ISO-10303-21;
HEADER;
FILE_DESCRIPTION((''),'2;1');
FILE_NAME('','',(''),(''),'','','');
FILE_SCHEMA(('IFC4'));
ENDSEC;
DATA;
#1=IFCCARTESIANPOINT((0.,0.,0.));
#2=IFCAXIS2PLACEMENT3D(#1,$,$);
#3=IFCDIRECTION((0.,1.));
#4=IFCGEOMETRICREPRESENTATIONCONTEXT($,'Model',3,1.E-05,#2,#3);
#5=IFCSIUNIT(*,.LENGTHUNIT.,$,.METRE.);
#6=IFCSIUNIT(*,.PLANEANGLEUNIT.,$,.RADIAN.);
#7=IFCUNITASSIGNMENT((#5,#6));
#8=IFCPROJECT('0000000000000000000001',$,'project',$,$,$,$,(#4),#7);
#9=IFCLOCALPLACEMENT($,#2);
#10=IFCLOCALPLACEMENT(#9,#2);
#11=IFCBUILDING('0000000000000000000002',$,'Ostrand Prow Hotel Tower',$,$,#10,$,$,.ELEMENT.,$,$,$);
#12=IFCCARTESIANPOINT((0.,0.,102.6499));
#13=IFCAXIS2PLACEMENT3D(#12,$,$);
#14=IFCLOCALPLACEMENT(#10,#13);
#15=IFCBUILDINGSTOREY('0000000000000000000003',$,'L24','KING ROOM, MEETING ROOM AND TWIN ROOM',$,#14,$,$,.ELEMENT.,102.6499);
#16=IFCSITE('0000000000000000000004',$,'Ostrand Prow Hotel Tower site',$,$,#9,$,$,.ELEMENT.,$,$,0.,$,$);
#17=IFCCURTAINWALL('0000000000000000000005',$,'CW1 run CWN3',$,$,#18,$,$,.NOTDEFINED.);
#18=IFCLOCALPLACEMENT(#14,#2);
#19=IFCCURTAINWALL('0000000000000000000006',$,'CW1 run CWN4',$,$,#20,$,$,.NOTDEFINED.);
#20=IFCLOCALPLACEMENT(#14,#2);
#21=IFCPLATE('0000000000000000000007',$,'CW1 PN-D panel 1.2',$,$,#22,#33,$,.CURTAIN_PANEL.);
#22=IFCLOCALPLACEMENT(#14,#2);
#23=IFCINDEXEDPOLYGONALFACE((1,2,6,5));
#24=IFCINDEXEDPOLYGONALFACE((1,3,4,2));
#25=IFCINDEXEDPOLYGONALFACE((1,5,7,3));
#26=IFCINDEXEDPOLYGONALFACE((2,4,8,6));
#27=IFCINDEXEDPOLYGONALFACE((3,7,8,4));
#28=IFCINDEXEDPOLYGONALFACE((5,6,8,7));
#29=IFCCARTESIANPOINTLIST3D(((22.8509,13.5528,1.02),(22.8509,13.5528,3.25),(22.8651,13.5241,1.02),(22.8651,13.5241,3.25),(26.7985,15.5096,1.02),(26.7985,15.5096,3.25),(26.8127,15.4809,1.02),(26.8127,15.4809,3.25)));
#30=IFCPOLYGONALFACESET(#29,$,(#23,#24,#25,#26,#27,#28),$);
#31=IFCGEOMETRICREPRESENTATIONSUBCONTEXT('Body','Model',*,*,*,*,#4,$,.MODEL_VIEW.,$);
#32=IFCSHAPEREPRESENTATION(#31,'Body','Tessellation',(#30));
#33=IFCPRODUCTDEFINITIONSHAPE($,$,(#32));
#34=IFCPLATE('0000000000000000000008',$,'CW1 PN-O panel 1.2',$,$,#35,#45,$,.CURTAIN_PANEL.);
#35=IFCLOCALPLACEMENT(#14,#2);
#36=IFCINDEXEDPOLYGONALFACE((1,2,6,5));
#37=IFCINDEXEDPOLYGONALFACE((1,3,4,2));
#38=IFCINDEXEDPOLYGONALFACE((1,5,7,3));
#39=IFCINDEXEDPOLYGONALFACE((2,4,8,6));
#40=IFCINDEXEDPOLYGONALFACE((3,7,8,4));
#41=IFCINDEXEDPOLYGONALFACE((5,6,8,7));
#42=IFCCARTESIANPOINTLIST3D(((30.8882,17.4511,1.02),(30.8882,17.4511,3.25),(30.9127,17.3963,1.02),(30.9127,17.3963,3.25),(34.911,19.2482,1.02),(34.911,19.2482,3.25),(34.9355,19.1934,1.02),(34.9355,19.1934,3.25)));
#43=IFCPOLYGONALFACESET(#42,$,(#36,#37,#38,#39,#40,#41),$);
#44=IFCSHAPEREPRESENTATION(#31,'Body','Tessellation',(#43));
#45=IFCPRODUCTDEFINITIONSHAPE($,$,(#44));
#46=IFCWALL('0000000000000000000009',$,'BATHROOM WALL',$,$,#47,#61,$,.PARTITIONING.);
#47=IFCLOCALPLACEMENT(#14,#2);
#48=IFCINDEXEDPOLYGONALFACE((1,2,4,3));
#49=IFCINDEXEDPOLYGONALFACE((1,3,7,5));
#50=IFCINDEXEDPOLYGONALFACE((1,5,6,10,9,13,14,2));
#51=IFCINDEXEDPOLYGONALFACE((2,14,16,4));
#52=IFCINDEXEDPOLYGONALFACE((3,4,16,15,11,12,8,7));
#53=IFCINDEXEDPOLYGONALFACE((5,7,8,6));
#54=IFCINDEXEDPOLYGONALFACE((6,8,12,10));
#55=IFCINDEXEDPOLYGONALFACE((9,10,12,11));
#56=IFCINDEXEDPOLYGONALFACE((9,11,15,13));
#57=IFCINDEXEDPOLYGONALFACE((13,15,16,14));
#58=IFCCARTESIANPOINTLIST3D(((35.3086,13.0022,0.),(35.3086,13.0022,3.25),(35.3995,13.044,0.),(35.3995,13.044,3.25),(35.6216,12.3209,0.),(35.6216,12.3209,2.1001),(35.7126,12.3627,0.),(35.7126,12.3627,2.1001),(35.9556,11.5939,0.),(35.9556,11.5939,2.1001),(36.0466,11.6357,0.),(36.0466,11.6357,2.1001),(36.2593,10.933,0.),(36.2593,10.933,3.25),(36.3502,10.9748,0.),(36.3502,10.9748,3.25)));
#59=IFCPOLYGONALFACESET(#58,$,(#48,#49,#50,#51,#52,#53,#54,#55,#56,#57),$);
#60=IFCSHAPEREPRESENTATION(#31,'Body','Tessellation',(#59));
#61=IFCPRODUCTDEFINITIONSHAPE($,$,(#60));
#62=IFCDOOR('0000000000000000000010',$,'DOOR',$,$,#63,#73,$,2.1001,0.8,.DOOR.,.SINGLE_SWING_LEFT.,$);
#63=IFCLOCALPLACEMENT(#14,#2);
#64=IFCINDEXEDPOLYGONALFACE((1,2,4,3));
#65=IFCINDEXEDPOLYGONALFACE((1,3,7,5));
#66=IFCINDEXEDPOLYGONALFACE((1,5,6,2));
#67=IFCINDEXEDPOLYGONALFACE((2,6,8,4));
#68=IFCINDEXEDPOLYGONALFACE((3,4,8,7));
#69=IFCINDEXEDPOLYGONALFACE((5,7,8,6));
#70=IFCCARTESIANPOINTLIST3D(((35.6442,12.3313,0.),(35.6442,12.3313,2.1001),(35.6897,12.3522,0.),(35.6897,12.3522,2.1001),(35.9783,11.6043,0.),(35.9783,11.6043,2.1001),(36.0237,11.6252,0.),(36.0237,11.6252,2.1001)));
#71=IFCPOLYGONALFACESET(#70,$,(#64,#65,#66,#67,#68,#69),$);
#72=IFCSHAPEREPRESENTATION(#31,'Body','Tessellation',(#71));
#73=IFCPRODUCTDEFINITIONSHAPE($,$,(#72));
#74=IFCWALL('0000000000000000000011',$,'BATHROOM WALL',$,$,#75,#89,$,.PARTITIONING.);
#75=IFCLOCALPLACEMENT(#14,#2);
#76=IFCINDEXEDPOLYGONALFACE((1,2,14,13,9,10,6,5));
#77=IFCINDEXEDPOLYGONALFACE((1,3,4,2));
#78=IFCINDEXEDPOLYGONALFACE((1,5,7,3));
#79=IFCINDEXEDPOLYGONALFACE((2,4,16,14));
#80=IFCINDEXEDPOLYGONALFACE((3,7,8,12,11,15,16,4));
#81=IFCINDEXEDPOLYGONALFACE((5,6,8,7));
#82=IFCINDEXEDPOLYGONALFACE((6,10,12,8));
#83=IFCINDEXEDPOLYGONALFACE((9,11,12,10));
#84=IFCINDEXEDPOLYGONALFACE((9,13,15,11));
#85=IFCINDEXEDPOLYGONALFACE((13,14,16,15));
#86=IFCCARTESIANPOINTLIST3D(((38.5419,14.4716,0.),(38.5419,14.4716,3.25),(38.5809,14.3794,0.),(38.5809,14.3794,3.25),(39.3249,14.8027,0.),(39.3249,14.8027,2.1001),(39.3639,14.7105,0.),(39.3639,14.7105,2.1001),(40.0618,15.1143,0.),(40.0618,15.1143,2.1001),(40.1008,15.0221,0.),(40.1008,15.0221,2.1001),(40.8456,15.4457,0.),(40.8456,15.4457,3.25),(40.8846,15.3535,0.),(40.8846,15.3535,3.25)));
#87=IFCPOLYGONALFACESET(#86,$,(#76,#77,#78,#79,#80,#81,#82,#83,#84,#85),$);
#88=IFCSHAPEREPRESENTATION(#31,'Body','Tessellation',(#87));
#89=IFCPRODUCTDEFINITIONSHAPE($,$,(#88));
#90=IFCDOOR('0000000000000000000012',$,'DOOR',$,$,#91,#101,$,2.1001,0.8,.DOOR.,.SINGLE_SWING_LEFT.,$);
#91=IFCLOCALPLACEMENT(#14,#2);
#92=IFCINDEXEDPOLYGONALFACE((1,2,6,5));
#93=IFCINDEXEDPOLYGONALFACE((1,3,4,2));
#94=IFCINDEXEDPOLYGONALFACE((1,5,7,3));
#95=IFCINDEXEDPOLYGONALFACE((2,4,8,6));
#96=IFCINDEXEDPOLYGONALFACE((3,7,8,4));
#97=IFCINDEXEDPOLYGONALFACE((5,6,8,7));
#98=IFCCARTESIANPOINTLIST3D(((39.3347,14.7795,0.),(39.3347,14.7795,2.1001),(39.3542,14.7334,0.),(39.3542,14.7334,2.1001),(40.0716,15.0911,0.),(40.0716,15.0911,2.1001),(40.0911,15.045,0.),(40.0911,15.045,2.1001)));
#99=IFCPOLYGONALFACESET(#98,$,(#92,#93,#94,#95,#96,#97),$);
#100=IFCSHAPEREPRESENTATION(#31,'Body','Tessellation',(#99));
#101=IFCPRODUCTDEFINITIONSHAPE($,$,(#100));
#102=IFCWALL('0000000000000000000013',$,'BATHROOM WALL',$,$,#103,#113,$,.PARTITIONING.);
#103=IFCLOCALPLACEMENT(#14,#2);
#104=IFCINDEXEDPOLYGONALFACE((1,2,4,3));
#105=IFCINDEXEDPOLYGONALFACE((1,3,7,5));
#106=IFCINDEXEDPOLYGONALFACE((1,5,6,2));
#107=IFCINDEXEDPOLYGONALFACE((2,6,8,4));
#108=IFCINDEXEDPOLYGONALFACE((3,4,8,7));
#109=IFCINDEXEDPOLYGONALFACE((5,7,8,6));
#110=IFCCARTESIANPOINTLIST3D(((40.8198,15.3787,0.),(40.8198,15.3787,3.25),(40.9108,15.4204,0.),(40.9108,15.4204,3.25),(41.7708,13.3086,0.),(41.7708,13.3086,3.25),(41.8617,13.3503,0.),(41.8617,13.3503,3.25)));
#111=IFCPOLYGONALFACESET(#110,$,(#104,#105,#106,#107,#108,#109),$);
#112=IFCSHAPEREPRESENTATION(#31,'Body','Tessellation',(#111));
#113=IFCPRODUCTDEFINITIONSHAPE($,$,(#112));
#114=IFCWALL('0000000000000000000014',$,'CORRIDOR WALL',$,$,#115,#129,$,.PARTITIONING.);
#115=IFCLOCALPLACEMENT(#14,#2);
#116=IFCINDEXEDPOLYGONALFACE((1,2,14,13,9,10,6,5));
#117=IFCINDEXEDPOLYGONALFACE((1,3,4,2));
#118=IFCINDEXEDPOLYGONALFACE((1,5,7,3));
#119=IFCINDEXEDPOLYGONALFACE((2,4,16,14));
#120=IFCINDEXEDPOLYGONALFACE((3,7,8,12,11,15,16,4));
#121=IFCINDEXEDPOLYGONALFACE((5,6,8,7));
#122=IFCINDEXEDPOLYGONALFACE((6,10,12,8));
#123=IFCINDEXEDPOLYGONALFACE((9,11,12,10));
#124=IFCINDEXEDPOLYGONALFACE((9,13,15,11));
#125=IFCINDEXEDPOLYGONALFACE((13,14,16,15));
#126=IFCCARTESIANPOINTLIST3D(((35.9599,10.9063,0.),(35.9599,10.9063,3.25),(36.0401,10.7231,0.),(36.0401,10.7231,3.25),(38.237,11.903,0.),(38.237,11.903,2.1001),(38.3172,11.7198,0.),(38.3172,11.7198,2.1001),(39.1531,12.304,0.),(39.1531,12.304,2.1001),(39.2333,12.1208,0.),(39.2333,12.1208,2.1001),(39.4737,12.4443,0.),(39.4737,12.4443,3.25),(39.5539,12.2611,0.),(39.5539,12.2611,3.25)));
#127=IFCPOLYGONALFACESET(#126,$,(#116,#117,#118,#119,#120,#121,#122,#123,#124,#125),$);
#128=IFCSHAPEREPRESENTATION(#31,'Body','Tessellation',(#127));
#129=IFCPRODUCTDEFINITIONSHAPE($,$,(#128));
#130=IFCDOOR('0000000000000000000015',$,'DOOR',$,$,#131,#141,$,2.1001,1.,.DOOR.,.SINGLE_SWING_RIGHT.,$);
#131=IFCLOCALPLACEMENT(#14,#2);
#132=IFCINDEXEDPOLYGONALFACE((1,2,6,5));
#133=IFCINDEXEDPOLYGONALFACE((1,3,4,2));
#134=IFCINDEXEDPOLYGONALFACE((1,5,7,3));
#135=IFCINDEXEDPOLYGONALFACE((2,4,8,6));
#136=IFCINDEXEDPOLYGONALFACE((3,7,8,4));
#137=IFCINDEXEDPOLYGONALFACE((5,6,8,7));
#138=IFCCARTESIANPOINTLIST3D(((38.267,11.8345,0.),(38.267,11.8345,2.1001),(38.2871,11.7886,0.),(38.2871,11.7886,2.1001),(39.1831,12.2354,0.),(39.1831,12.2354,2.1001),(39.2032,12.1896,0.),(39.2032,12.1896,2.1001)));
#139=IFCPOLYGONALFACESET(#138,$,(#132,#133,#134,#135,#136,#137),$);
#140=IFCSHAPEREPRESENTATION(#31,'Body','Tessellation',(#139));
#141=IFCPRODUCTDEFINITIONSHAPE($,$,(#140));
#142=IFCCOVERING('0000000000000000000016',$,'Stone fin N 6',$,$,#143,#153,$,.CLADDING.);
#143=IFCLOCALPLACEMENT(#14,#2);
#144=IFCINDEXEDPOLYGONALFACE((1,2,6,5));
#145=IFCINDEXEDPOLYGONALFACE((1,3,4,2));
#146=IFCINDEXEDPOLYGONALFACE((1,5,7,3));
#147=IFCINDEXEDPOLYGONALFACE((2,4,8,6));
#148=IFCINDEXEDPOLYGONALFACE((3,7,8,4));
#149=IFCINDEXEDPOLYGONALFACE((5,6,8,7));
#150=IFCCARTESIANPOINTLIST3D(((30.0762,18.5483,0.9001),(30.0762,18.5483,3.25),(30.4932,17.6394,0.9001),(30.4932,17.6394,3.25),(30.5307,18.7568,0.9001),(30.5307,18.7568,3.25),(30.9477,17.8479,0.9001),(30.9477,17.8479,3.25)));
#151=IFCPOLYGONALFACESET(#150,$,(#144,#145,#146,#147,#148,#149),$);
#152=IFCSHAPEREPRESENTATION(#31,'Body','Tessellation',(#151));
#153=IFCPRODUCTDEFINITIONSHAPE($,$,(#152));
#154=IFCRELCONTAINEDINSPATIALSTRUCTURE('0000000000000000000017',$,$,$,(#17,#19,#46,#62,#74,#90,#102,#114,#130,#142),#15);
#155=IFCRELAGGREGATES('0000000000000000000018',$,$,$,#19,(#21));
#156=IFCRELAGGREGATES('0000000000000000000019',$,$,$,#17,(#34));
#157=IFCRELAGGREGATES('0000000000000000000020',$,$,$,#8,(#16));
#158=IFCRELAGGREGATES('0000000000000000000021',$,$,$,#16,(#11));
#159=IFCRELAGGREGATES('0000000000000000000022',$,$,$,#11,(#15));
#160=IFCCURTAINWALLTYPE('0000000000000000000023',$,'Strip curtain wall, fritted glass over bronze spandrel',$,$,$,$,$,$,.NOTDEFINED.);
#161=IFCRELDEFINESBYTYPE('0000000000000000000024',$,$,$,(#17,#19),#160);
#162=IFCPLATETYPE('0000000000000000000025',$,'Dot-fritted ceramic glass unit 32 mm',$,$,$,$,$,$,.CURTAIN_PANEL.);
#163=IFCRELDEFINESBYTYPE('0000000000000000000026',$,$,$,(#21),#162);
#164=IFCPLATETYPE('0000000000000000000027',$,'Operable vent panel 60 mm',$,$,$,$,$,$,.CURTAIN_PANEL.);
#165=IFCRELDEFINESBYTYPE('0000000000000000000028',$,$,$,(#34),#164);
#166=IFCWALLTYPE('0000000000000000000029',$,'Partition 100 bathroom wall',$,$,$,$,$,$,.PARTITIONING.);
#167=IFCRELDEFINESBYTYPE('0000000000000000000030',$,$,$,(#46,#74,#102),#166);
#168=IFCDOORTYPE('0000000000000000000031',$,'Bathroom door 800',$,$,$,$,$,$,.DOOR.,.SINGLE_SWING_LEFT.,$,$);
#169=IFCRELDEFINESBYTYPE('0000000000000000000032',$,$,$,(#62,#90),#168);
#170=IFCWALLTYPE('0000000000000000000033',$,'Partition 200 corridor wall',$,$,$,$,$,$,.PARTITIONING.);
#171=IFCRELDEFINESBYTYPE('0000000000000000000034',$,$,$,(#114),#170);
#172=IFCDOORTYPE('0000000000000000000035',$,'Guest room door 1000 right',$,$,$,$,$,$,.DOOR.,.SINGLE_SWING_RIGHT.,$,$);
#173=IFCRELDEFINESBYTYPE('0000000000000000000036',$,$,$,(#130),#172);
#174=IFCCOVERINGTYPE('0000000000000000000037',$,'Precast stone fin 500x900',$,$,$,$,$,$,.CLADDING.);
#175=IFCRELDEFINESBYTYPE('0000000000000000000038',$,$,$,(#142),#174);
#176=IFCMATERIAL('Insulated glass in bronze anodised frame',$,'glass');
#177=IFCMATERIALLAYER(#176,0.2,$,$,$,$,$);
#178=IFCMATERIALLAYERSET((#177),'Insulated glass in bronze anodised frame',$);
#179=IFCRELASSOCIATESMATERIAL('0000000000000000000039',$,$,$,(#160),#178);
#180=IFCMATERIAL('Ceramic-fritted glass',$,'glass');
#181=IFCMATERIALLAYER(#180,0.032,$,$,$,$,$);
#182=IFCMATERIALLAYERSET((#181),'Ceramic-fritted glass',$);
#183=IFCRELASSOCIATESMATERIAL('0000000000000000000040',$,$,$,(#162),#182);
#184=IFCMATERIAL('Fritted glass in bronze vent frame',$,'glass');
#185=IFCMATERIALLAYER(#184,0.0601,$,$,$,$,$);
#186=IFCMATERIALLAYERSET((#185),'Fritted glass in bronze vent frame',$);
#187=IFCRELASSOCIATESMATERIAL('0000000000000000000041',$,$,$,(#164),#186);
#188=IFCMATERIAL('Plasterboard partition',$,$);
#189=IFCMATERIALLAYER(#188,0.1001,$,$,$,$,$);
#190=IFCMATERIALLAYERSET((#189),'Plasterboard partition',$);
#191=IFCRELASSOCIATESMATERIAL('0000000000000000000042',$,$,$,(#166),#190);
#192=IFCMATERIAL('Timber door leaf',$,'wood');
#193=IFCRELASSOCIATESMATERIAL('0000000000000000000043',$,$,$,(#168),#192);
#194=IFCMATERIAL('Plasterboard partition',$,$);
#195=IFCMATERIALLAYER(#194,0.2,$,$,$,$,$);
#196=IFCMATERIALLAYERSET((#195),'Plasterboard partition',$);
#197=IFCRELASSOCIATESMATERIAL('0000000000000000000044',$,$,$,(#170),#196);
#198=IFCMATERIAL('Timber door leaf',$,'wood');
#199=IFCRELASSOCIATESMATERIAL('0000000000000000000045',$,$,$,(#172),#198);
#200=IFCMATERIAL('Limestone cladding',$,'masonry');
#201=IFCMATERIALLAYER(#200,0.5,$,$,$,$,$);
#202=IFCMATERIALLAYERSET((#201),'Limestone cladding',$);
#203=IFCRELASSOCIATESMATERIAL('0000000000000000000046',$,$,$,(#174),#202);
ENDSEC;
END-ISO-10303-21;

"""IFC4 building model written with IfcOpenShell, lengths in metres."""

from ifc_helpers import new_model, si_unit, direction, frame, frame_2d, origin, origin_2d, place, context, subcontext, project, spatial, rectangle, extrude, material, layer, layer_set, type_object, element, fill, aggregate, save


model = new_model("IFC4")

# Units and contexts
model_context = context("Model", 3, precision=1e-05, world=origin(), true_north=direction((0.0, 1.0)))
body_context = subcontext(model_context, "Body", "Model", "MODEL_VIEW")
ifc_project = project(units=[si_unit("LENGTHUNIT", "METRE"), si_unit("PLANEANGLEUNIT", "RADIAN")], contexts=[model_context])

# Site, building, storey
site_placement = place(None, origin())
site = spatial("IfcSite", under=ifc_project, at=site_placement, Name="Ostrand Prow Hotel Tower site", CompositionType="ELEMENT", RefElevation=0.0)
building_placement = place(site_placement, origin())
building = spatial("IfcBuilding", under=site, at=building_placement, Name="Ostrand Prow Hotel Tower", CompositionType="ELEMENT")
storey_placement = place(building_placement, frame((0.0, 0.0, 102.6499)))
storey = spatial("IfcBuildingStorey", under=building, at=storey_placement, Name="L24", Description="KING ROOM, MEETING ROOM AND TWIN ROOM", CompositionType="ELEMENT", Elevation=102.6499)

# Curtain wall
ifc_material_1 = material(Name="Insulated glass in bronze anodised frame", Category="glass")
ifc_layer_1 = layer(ifc_material_1, 0.2)
ifc_layer_set_1 = layer_set([ifc_layer_1], Name="Insulated glass in bronze anodised frame")
curtain_wall_type = type_object("IfcCurtainWallType", Name="Strip curtain wall, fritted glass over bronze spandrel", PredefinedType="NOTDEFINED", material=ifc_layer_set_1)
curtain_wall_1_placement = place(storey_placement, origin())
curtain_wall_1 = element("IfcCurtainWall", 1, at=curtain_wall_1_placement, inside=storey, type_object=curtain_wall_type, Name="CW1 run CWN3", PredefinedType="NOTDEFINED")

# Curtain wall
curtain_wall_2_placement = place(storey_placement, origin())
curtain_wall_2 = element("IfcCurtainWall", 2, at=curtain_wall_2_placement, inside=storey, type_object=curtain_wall_type, Name="CW1 run CWN4", PredefinedType="NOTDEFINED")

# Plates
ifc_material_2 = material(Name="Ceramic-fritted glass", Category="glass")
ifc_layer_2 = layer(ifc_material_2, 0.032)
ifc_layer_set_2 = layer_set([ifc_layer_2], Name="Ceramic-fritted glass")
plate_type_1 = type_object("IfcPlateType", Name="Dot-fritted ceramic glass unit 32 mm", PredefinedType="CURTAIN_PANEL", material=ifc_layer_set_2)
plate_1_placement = place(storey_placement, frame((24.8318, 14.5168, 1.02), z_axis=(0.0, 0.0, 1.0), x_axis=(-0.895971, -0.444113, 0.0)))
plate_1 = element("IfcPlate", 3, at=plate_1_placement, type_object=plate_type_1, Name="CW1 PN-D panel 1.2", PredefinedType="CURTAIN_PANEL", context=body_context, shape_type="SweptSolid", body=[
    extrude(rectangle(XDim=4.406, YDim=0.032, at=origin_2d()), origin(), (0.0, 0.0, 1.0), 2.23),
])
aggregate(curtain_wall_2, [plate_1])
ifc_material_3 = material(Name="Fritted glass in bronze vent frame", Category="glass")
ifc_layer_3 = layer(ifc_material_3, 0.0601)
ifc_layer_set_3 = layer_set([ifc_layer_3], Name="Fritted glass in bronze vent frame")
plate_type_2 = type_object("IfcPlateType", Name="Operable vent panel 60 mm", PredefinedType="CURTAIN_PANEL", material=ifc_layer_set_3)
plate_2_placement = place(storey_placement, frame((32.9119, 18.3223, 1.02), z_axis=(0.0, 0.0, 1.0), x_axis=(-0.913038, -0.407875, 0.0)))
plate_2 = element("IfcPlate", 4, at=plate_2_placement, type_object=plate_type_2, Name="CW1 PN-O panel 1.2", PredefinedType="CURTAIN_PANEL", context=body_context, shape_type="SweptSolid", body=[
    extrude(rectangle(XDim=4.406, YDim=0.0601, at=origin_2d()), origin(), (0.0, 0.0, 1.0), 2.23),
])
aggregate(curtain_wall_1, [plate_2])

# Walls, openings, doors
ifc_material_4 = material(Name="Plasterboard partition")
ifc_layer_4 = layer(ifc_material_4, 0.1001)
ifc_layer_set_4 = layer_set([ifc_layer_4], Name="Plasterboard partition")
wall_type_1 = type_object("IfcWallType", Name="Partition 100 bathroom wall", PredefinedType="PARTITIONING", material=ifc_layer_set_4)
wall_1_placement = place(storey_placement, frame((35.354, 13.0232, 0.0), z_axis=(0.0, 0.0, 1.0), x_axis=(0.417507, -0.908674, 0.0)))
wall_1 = element("IfcWall", 5, at=wall_1_placement, inside=storey, type_object=wall_type_1, Name="BATHROOM WALL", PredefinedType="PARTITIONING", context=body_context, shape_type="SweptSolid", body=[
    extrude(rectangle(XDim=2.2771, YDim=0.1001, at=frame_2d((1.1387, 0.0))), origin(), (0.0, 0.0, 1.0), 3.25),
])
opening_1_placement = place(wall_1_placement, frame((0.75, 0.0, 0.0)))
opening_1 = element("IfcOpeningElement", 6, at=opening_1_placement, cuts=wall_1, PredefinedType="OPENING", context=body_context, shape_type="SweptSolid", body=[
    extrude(rectangle(XDim=0.8, YDim=2.1001, at=frame_2d((0.3999, 1.05))), frame((0.0, 0.0601, 0.0), z_axis=(0.0, -1.0, 0.0), x_axis=(1.0, 0.0, 0.0)), (0.0, 0.0, 1.0), 0.1201),
])
ifc_material_5 = material(Name="Timber door leaf", Category="wood")
door_type_1 = type_object("IfcDoorType", Name="Bathroom door 800", OperationType="SINGLE_SWING_LEFT", PredefinedType="DOOR", material=ifc_material_5)
door_1_placement = place(opening_1_placement, origin())
door_1 = element("IfcDoor", 7, at=door_1_placement, inside=storey, type_object=door_type_1, Name="DOOR", OperationType="SINGLE_SWING_LEFT", OverallHeight=2.1001, OverallWidth=0.8, PredefinedType="DOOR", context=body_context, shape_type="SweptSolid", body=[
    extrude(rectangle(XDim=0.8, YDim=2.1001, at=frame_2d((0.3999, 1.05))), frame((0.0, 0.0249, 0.0), z_axis=(0.0, -1.0, 0.0), x_axis=(1.0, 0.0, 0.0)), (0.0, 0.0, 1.0), 0.05),
])
fill(opening_1, door_1)
wall_2_placement = place(storey_placement, frame((38.5615, 14.4255, 0.0), z_axis=(0.0, 0.0, 1.0), x_axis=(0.921043, 0.389462, 0.0)))
wall_2 = element("IfcWall", 8, at=wall_2_placement, inside=storey, type_object=wall_type_1, Name="BATHROOM WALL", PredefinedType="PARTITIONING", context=body_context, shape_type="SweptSolid", body=[
    extrude(rectangle(XDim=2.5012, YDim=0.1001, at=frame_2d((1.2505, 0.0))), origin(), (0.0, 0.0, 1.0), 3.25),
])
opening_2_placement = place(wall_2_placement, frame((0.8501, 0.0, 0.0)))
opening_2 = element("IfcOpeningElement", 9, at=opening_2_placement, cuts=wall_2, PredefinedType="OPENING", context=body_context, shape_type="SweptSolid", body=[
    extrude(rectangle(XDim=0.8, YDim=2.1001, at=frame_2d((0.3999, 1.05))), frame((0.0, 0.0601, 0.0), z_axis=(0.0, -1.0, 0.0), x_axis=(1.0, 0.0, 0.0)), (0.0, 0.0, 1.0), 0.1201),
])
door_2_placement = place(opening_2_placement, origin())
door_2 = element("IfcDoor", 10, at=door_2_placement, inside=storey, type_object=door_type_1, Name="DOOR", OperationType="SINGLE_SWING_LEFT", OverallHeight=2.1001, OverallWidth=0.8, PredefinedType="DOOR", context=body_context, shape_type="SweptSolid", body=[
    extrude(rectangle(XDim=0.8, YDim=2.1001, at=frame_2d((0.3999, 1.05))), frame((0.0, 0.0249, 0.0), z_axis=(0.0, -1.0, 0.0), x_axis=(1.0, 0.0, 0.0)), (0.0, 0.0, 1.0), 0.05),
])
fill(opening_2, door_2)

# Wall
wall_3_placement = place(storey_placement, frame((40.8652, 15.3997, 0.0), z_axis=(0.0, 0.0, 1.0), x_axis=(0.417433, -0.908708, 0.0)))
element("IfcWall", 11, at=wall_3_placement, inside=storey, type_object=wall_type_1, Name="BATHROOM WALL", PredefinedType="PARTITIONING", context=body_context, shape_type="SweptSolid", body=[
    extrude(rectangle(XDim=2.2781, YDim=0.1001, at=frame_2d((1.1392, 0.0))), origin(), (0.0, 0.0, 1.0), 3.25),
])

# Wall, opening, door
ifc_material_6 = material(Name="Plasterboard partition")
ifc_layer_5 = layer(ifc_material_6, 0.2)
ifc_layer_set_5 = layer_set([ifc_layer_5], Name="Plasterboard partition")
wall_type_2 = type_object("IfcWallType", Name="Partition 200 corridor wall", PredefinedType="PARTITIONING", material=ifc_layer_set_5)
wall_4_placement = place(storey_placement, frame((39.5139, 12.3528, 0.0), z_axis=(0.0, 0.0, 1.0), x_axis=(-0.916086, -0.400982, 0.0)))
wall_4 = element("IfcWall", 12, at=wall_4_placement, inside=storey, type_object=wall_type_2, Name="CORRIDOR WALL", PredefinedType="PARTITIONING", context=body_context, shape_type="SweptSolid", body=[
    extrude(rectangle(XDim=3.8357, YDim=0.2, at=frame_2d((1.918, 0.0))), origin(), (0.0, 0.0, 1.0), 3.25),
])
opening_3_placement = place(wall_4_placement, frame((0.3501, 0.0, 0.0)))
opening_3 = element("IfcOpeningElement", 13, at=opening_3_placement, cuts=wall_4, PredefinedType="OPENING", context=body_context, shape_type="SweptSolid", body=[
    extrude(rectangle(XDim=1.0, YDim=2.1001, at=frame_2d((0.5, 1.05))), frame((0.0, 0.1099, 0.0), z_axis=(0.0, -1.0, 0.0), x_axis=(1.0, 0.0, 0.0)), (0.0, 0.0, 1.0), 0.22),
])
ifc_material_7 = material(Name="Timber door leaf", Category="wood")
door_type_2 = type_object("IfcDoorType", Name="Guest room door 1000 right", OperationType="SINGLE_SWING_RIGHT", PredefinedType="DOOR", material=ifc_material_7)
door_3_placement = place(opening_3_placement, origin())
door_3 = element("IfcDoor", 14, at=door_3_placement, inside=storey, type_object=door_type_2, Name="DOOR", OperationType="SINGLE_SWING_RIGHT", OverallHeight=2.1001, OverallWidth=1.0, PredefinedType="DOOR", context=body_context, shape_type="SweptSolid", body=[
    extrude(rectangle(XDim=1.0, YDim=2.1001, at=frame_2d((0.5, 1.05))), frame((0.0, 0.0249, 0.0), z_axis=(0.0, -1.0, 0.0), x_axis=(1.0, 0.0, 0.0)), (0.0, 0.0, 1.0), 0.05),
])
fill(opening_3, door_3)

# Covering
ifc_material_8 = material(Name="Limestone cladding", Category="masonry")
ifc_layer_6 = layer(ifc_material_8, 0.5)
ifc_layer_set_6 = layer_set([ifc_layer_6], Name="Limestone cladding")
covering_type = type_object("IfcCoveringType", Name="Precast stone fin 500x900", PredefinedType="CLADDING", material=ifc_layer_set_6)
covering_placement = place(storey_placement, frame((30.7205, 17.7437, 0.9001), z_axis=(0.0, 0.0, 1.0), x_axis=(-0.416983, 0.908914, 0.0)))
element("IfcCovering", 15, at=covering_placement, inside=storey, type_object=covering_type, Name="Stone fin N 6", PredefinedType="CLADDING", context=body_context, shape_type="SweptSolid", body=[
    extrude(rectangle(XDim=1.0, YDim=0.5, at=frame_2d((0.5, 0.0))), origin(), (0.0, 0.0, 1.0), 2.3499),
])

save(model, "model.ifc")
